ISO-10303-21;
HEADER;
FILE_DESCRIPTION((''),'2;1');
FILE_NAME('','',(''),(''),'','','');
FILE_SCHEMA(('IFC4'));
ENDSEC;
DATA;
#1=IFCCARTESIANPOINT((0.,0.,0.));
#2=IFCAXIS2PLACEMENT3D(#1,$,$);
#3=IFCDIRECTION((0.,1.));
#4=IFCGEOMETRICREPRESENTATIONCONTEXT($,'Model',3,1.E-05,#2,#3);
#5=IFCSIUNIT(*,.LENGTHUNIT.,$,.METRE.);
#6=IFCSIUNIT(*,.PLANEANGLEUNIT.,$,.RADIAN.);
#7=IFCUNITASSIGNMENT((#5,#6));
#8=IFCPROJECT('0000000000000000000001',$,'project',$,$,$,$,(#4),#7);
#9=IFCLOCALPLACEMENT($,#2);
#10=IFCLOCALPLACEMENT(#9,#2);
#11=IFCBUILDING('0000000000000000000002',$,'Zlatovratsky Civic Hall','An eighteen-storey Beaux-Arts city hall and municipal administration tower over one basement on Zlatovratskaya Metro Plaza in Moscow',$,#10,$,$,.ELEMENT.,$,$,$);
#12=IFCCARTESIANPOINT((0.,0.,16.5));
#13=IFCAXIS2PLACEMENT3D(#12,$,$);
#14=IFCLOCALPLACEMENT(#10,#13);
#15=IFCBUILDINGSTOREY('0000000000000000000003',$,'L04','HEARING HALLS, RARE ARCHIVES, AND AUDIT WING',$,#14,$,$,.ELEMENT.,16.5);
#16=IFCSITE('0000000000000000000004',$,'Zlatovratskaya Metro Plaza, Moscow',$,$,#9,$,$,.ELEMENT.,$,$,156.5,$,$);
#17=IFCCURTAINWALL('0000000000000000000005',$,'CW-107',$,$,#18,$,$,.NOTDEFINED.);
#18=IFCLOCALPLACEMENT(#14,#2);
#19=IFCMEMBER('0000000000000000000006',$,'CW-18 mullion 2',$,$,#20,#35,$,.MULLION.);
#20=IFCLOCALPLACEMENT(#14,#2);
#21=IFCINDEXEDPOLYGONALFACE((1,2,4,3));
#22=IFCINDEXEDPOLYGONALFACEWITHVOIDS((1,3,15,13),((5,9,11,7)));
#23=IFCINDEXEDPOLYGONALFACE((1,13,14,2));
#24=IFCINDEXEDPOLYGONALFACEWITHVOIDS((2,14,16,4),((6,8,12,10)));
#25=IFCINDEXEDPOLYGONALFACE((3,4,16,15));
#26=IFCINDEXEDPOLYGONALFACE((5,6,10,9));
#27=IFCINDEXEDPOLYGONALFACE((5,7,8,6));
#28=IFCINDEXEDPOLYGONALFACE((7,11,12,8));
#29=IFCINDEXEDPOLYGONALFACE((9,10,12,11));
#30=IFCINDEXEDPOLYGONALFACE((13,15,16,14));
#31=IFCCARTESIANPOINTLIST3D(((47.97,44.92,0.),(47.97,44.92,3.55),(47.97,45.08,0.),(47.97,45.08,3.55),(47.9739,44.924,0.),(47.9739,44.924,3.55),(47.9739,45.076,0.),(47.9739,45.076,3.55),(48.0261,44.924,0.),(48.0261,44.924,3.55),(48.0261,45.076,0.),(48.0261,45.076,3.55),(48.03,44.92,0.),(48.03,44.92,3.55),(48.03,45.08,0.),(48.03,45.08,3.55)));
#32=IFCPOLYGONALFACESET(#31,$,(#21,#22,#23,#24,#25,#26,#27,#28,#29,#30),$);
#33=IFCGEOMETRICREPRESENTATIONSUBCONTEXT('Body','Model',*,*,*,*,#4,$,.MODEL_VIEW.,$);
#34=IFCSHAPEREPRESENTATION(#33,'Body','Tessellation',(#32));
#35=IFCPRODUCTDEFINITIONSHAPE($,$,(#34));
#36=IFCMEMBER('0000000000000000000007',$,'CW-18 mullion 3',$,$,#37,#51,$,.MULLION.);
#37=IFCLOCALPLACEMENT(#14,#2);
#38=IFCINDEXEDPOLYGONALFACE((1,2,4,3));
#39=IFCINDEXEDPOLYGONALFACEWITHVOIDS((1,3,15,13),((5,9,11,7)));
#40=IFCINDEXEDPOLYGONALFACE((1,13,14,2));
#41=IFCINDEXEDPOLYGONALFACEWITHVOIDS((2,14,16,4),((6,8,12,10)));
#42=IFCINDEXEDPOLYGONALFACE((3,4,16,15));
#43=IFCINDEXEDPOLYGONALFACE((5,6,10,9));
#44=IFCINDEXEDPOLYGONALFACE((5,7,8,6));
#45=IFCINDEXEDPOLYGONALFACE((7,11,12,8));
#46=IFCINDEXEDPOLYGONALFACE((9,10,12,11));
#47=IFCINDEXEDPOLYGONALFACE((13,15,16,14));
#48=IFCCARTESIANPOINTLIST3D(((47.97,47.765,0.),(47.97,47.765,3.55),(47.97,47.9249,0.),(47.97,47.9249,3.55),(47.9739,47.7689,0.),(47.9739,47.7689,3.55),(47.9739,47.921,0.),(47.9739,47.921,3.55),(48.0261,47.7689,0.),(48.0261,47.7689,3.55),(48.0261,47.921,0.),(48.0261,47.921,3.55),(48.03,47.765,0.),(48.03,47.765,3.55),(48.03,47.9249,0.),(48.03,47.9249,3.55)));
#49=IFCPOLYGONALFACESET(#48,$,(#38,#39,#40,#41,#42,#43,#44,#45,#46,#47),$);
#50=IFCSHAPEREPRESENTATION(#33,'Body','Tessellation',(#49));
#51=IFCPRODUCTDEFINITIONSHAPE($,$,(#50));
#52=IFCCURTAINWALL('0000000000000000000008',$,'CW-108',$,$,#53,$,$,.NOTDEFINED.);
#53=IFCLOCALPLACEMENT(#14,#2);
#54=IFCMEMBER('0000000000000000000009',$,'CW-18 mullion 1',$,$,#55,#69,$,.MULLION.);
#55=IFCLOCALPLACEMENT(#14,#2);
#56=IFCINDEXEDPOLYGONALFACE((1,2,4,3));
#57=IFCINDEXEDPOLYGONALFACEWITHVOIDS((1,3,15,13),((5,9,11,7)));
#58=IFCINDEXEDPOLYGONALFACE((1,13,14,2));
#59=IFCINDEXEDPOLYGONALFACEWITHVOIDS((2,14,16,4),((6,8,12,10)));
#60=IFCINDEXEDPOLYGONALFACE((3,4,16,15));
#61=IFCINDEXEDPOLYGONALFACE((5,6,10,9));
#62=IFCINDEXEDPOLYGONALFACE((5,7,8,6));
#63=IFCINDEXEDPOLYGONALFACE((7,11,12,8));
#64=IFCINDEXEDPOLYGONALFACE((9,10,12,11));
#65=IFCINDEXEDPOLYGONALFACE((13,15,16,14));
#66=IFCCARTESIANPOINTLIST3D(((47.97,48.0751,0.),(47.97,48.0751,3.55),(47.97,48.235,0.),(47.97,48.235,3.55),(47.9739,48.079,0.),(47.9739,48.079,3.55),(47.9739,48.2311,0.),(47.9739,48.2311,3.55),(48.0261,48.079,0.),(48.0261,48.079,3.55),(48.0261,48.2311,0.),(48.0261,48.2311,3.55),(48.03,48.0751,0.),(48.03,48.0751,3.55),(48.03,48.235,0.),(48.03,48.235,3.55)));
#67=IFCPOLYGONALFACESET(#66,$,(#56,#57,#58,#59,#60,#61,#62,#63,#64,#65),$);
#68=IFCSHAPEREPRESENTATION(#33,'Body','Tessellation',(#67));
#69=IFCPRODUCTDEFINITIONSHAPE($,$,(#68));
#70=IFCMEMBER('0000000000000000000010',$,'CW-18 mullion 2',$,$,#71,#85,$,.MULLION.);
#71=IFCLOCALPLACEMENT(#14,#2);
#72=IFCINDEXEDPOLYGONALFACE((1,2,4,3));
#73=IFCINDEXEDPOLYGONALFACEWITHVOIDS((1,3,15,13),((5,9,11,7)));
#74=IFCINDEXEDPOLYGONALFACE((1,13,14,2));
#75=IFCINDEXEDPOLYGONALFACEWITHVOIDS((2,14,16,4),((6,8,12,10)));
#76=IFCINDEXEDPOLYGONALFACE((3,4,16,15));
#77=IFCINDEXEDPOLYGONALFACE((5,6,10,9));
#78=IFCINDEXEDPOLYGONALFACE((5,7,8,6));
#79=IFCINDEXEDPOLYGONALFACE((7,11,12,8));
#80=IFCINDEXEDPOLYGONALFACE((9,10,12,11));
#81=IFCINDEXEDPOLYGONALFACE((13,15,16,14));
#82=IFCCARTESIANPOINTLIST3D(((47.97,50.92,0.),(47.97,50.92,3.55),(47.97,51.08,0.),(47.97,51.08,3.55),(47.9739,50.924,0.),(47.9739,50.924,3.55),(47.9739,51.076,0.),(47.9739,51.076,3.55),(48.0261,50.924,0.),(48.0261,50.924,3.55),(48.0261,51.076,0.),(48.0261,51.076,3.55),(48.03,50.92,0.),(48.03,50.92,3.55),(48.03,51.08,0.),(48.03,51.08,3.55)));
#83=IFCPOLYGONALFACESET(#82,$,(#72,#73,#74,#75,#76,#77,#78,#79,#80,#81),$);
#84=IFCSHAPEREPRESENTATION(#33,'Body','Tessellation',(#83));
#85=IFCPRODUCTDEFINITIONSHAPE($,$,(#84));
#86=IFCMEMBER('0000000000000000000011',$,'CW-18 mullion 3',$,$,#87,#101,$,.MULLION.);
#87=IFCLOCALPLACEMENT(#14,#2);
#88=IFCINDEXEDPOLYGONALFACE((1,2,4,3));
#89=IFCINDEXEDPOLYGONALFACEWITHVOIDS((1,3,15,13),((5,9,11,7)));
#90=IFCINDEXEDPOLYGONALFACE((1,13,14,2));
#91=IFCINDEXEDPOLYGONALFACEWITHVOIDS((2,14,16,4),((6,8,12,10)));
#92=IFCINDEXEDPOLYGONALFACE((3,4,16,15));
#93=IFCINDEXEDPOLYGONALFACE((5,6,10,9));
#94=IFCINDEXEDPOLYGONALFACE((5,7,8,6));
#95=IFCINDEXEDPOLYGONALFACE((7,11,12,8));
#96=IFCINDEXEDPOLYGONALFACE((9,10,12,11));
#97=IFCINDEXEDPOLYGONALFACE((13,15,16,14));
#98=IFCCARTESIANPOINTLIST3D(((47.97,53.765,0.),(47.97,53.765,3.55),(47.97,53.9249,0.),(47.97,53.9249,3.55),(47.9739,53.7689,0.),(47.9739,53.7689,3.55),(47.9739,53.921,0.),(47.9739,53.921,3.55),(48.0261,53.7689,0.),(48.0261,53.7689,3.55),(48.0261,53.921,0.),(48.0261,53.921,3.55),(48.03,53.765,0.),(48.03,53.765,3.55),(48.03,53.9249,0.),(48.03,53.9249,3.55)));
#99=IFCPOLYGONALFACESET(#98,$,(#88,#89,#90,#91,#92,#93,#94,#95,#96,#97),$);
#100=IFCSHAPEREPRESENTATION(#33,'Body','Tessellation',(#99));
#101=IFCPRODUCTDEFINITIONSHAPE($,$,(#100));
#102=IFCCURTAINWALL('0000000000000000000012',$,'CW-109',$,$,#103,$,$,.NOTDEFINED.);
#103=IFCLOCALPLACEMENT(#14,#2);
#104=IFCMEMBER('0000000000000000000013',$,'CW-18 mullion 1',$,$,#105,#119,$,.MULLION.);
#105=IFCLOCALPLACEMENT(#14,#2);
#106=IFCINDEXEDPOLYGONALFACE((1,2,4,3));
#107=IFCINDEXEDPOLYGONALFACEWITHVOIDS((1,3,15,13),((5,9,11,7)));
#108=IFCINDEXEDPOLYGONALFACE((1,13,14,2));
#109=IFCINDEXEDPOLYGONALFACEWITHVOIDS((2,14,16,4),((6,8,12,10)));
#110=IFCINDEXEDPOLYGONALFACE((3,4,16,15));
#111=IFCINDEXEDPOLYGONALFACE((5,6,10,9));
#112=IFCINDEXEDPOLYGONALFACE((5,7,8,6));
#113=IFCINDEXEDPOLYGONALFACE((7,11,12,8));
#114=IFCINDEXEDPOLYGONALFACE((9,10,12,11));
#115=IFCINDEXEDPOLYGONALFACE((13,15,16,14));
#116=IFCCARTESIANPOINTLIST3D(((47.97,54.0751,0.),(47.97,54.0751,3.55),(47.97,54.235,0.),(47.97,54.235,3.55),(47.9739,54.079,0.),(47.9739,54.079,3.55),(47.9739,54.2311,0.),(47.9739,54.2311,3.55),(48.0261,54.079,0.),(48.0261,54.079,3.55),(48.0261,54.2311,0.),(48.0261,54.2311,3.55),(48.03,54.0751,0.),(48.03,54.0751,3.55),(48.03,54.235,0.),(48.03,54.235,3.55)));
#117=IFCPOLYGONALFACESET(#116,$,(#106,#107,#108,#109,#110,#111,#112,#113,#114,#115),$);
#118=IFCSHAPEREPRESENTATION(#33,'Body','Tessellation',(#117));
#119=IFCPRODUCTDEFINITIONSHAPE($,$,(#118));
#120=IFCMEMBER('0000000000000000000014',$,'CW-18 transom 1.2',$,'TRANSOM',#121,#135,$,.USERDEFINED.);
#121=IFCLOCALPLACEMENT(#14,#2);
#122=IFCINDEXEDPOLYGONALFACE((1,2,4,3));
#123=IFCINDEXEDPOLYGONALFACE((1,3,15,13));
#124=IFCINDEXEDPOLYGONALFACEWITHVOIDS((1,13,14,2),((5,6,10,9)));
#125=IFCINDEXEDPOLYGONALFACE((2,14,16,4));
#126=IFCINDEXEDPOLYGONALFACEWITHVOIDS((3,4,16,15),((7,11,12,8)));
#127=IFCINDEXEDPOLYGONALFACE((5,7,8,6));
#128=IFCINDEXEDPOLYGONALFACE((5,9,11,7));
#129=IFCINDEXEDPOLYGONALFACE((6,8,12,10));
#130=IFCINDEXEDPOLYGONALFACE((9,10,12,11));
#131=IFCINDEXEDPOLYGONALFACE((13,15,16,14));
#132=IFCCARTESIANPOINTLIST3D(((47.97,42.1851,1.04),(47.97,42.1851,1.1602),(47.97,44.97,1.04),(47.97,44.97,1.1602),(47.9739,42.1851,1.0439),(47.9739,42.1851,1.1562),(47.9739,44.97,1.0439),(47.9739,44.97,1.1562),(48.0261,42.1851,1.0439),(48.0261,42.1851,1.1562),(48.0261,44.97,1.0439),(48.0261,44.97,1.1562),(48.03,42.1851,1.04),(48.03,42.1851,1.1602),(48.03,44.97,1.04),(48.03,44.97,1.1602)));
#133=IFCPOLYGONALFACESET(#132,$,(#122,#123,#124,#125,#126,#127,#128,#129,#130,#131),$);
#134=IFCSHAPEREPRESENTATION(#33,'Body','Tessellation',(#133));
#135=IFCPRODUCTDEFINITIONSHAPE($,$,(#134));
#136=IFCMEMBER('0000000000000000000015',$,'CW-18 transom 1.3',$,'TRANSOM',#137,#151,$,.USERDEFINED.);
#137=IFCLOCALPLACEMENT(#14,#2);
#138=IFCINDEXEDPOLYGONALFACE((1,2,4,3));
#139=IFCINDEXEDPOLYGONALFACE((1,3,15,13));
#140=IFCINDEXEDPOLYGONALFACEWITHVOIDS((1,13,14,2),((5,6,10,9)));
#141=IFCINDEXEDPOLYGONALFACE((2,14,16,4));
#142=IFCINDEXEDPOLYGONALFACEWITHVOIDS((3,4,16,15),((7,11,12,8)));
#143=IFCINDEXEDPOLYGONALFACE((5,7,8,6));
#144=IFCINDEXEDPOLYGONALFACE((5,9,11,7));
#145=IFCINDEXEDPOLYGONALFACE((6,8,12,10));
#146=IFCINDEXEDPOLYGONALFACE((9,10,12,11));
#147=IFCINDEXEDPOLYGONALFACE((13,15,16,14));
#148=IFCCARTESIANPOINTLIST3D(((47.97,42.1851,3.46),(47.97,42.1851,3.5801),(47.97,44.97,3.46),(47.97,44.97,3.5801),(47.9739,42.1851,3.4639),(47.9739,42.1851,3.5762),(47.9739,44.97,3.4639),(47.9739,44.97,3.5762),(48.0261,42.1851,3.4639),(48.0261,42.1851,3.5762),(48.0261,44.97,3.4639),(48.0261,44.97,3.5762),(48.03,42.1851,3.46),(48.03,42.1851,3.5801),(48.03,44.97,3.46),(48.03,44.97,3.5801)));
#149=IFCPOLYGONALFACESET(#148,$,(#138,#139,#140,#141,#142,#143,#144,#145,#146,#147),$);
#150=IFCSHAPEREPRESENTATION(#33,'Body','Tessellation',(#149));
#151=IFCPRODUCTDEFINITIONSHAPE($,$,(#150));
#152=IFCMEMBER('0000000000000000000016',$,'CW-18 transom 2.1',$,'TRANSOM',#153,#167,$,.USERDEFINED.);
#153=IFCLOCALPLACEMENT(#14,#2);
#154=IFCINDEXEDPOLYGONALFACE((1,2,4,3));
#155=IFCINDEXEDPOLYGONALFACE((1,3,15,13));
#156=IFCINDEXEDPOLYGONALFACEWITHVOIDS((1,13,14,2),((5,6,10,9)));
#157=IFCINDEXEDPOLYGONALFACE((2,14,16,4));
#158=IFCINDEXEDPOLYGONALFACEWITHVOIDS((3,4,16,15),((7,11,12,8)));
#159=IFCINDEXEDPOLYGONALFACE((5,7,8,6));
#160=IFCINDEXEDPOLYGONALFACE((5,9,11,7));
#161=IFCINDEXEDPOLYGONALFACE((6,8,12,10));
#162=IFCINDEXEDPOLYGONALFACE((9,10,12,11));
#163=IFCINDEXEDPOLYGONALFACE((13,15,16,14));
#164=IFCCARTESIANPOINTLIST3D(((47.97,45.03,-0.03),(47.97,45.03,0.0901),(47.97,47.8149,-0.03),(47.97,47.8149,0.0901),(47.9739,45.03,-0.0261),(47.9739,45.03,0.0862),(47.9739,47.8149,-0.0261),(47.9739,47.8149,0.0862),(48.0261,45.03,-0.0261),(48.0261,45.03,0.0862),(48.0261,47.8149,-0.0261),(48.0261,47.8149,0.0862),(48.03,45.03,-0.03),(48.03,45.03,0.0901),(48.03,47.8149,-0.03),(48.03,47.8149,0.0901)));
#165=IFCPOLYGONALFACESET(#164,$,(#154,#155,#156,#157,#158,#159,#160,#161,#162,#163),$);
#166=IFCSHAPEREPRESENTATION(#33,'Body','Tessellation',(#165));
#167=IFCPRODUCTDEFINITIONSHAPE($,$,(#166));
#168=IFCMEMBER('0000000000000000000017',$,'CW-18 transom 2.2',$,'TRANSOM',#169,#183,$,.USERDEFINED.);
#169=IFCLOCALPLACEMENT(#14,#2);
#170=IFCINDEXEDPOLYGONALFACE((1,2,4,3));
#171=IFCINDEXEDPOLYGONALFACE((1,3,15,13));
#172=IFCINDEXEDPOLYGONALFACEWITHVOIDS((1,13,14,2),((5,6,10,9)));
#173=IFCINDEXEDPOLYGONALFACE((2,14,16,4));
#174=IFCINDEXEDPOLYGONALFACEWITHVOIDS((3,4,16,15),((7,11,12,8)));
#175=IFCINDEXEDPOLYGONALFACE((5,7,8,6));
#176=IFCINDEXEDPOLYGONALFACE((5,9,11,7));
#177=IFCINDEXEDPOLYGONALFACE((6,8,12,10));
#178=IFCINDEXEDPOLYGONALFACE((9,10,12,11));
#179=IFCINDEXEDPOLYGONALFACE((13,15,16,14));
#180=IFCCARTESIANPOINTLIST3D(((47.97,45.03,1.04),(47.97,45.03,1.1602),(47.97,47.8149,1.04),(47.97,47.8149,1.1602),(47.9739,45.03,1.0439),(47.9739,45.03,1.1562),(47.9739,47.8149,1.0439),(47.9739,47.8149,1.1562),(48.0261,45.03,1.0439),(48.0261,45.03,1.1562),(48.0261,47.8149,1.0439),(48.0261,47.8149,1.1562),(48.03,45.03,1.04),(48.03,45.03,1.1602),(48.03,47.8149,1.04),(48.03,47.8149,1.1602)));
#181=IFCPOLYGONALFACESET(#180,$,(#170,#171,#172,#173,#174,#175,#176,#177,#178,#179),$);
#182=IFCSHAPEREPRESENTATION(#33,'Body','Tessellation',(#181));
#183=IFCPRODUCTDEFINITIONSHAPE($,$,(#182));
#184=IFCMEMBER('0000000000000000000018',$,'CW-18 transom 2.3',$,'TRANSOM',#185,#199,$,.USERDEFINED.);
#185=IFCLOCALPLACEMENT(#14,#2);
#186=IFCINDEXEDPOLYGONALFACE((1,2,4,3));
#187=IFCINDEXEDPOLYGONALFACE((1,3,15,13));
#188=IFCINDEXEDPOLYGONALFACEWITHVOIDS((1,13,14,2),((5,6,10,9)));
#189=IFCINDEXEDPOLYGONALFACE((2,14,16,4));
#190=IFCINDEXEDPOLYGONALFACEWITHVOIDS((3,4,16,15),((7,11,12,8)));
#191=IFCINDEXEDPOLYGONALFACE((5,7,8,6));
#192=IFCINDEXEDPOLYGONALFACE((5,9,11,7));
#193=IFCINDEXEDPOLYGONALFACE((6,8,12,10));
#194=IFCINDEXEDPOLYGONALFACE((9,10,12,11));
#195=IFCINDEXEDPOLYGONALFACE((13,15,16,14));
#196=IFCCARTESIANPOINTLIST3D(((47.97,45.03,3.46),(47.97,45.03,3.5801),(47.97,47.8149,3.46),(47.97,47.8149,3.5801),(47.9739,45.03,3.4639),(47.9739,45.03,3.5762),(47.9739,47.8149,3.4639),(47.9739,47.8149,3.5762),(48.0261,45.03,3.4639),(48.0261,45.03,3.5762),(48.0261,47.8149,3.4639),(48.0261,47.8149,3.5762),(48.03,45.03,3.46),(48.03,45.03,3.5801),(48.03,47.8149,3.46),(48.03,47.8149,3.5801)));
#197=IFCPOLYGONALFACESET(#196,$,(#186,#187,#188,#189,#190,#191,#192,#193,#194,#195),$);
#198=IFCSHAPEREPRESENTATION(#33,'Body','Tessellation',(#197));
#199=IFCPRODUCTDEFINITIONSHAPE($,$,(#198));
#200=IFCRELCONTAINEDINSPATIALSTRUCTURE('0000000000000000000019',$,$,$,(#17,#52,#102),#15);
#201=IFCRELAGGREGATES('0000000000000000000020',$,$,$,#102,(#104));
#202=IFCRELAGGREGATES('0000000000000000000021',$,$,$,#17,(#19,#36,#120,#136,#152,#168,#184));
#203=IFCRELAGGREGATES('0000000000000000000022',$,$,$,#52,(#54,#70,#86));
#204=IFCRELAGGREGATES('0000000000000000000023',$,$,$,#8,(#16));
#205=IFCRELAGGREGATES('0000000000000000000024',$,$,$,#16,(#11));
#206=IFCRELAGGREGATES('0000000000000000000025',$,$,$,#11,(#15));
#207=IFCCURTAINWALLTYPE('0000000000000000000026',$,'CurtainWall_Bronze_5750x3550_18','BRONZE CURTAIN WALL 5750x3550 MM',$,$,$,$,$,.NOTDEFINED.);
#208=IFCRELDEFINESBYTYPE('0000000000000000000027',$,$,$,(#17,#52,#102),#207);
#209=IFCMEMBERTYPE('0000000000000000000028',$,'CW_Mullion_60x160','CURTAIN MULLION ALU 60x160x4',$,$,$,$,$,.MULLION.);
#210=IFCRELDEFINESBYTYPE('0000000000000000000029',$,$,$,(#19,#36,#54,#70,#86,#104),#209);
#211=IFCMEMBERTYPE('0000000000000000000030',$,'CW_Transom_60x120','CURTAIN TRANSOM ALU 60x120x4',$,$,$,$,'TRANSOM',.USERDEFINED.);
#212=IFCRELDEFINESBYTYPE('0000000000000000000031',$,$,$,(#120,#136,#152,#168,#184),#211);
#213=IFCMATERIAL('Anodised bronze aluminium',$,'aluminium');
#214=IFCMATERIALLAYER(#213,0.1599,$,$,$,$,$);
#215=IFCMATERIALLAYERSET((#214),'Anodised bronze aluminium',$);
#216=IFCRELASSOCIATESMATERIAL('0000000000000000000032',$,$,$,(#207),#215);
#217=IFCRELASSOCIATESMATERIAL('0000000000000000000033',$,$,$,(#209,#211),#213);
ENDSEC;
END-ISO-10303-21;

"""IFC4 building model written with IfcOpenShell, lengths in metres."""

from ifc_helpers import new_model, si_unit, direction, frame, origin, origin_2d, place, context, subcontext, project, spatial, hollow_rectangle, extrude, material, layer, layer_set, material_profile, profile_set, type_object, element, aggregate, save


model = new_model("IFC4")

# Units and contexts
model_context = context("Model", 3, precision=1e-05, world=origin(), true_north=direction((0.0, 1.0)))
body_context = subcontext(model_context, "Body", "Model", "MODEL_VIEW")
ifc_project = project(units=[si_unit("LENGTHUNIT", "METRE"), si_unit("PLANEANGLEUNIT", "RADIAN")], contexts=[model_context])

# Site, building, storey
site_placement = place(None, origin())
site = spatial("IfcSite", under=ifc_project, at=site_placement, Name="Zlatovratskaya Metro Plaza, Moscow", CompositionType="ELEMENT", RefElevation=156.5)
building_placement = place(site_placement, origin())
building = spatial("IfcBuilding", under=site, at=building_placement, Name="Zlatovratsky Civic Hall", Description="An eighteen-storey Beaux-Arts city hall and municipal administration tower over one basement on Zlatovratskaya Metro Plaza in Moscow", CompositionType="ELEMENT")
storey_placement = place(building_placement, frame((0.0, 0.0, 16.5)))
storey = spatial("IfcBuildingStorey", under=building, at=storey_placement, Name="L04", Description="HEARING HALLS, RARE ARCHIVES, AND AUDIT WING", CompositionType="ELEMENT", Elevation=16.5)

# Curtain walls, members
ifc_material_1 = material(Name="Anodised bronze aluminium", Category="aluminium")
ifc_layer_1 = layer(ifc_material_1, 0.1599)
ifc_layer_set_1 = layer_set([ifc_layer_1], Name="Anodised bronze aluminium")
curtain_wall_type = type_object("IfcCurtainWallType", Name="CurtainWall_Bronze_5750x3550_18", Description="BRONZE CURTAIN WALL 5750x3550 MM", PredefinedType="NOTDEFINED", material=ifc_layer_set_1)
curtain_wall_1_placement = place(storey_placement, origin())
curtain_wall_1 = element("IfcCurtainWall", 1, at=curtain_wall_1_placement, inside=storey, type_object=curtain_wall_type, Name="CW-107", PredefinedType="NOTDEFINED")
ifc_material_profile_1 = material_profile(ifc_material_1, hollow_rectangle(XDim=0.0601, YDim=0.1599, WallThickness=0.0039, at=origin_2d()), Name="ALU 60x160x4")
ifc_profile_set_1 = profile_set([ifc_material_profile_1], Name="Anodised bronze aluminium")
member_type_1 = type_object("IfcMemberType", Name="CW_Mullion_60x160", Description="CURTAIN MULLION ALU 60x160x4", PredefinedType="MULLION", material=ifc_profile_set_1)
member_1_placement = place(storey_placement, frame((48.0, 45.0, 0.0), z_axis=(0.0, 0.0, 1.0), x_axis=(-1.0, 0.0, 0.0)))
member_1 = element("IfcMember", 2, at=member_1_placement, type_object=member_type_1, Name="CW-18 mullion 2", PredefinedType="MULLION", context=body_context, shape_type="SweptSolid", body=[
    extrude(hollow_rectangle(XDim=0.0601, YDim=0.1599, WallThickness=0.0039, at=origin_2d()), origin(), (0.0, 0.0, 1.0), 3.55),
])
member_2_placement = place(storey_placement, frame((48.0, 47.845, 0.0), z_axis=(0.0, 0.0, 1.0), x_axis=(-1.0, 0.0, 0.0)))
member_2 = element("IfcMember", 3, at=member_2_placement, type_object=member_type_1, Name="CW-18 mullion 3", PredefinedType="MULLION", context=body_context, shape_type="SweptSolid", body=[
    extrude(hollow_rectangle(XDim=0.0601, YDim=0.1599, WallThickness=0.0039, at=origin_2d()), origin(), (0.0, 0.0, 1.0), 3.55),
])
curtain_wall_2_placement = place(storey_placement, origin())
curtain_wall_2 = element("IfcCurtainWall", 4, at=curtain_wall_2_placement, inside=storey, type_object=curtain_wall_type, Name="CW-108", PredefinedType="NOTDEFINED")
member_3_placement = place(storey_placement, frame((48.0, 48.155, 0.0), z_axis=(0.0, 0.0, 1.0), x_axis=(-1.0, 0.0, 0.0)))
member_3 = element("IfcMember", 5, at=member_3_placement, type_object=member_type_1, Name="CW-18 mullion 1", PredefinedType="MULLION", context=body_context, shape_type="SweptSolid", body=[
    extrude(hollow_rectangle(XDim=0.0601, YDim=0.1599, WallThickness=0.0039, at=origin_2d()), origin(), (0.0, 0.0, 1.0), 3.55),
])
member_4_placement = place(storey_placement, frame((48.0, 51.0, 0.0), z_axis=(0.0, 0.0, 1.0), x_axis=(-1.0, 0.0, 0.0)))
member_4 = element("IfcMember", 6, at=member_4_placement, type_object=member_type_1, Name="CW-18 mullion 2", PredefinedType="MULLION", context=body_context, shape_type="SweptSolid", body=[
    extrude(hollow_rectangle(XDim=0.0601, YDim=0.1599, WallThickness=0.0039, at=origin_2d()), origin(), (0.0, 0.0, 1.0), 3.55),
])
member_5_placement = place(storey_placement, frame((48.0, 53.845, 0.0), z_axis=(0.0, 0.0, 1.0), x_axis=(-1.0, 0.0, 0.0)))
member_5 = element("IfcMember", 7, at=member_5_placement, type_object=member_type_1, Name="CW-18 mullion 3", PredefinedType="MULLION", context=body_context, shape_type="SweptSolid", body=[
    extrude(hollow_rectangle(XDim=0.0601, YDim=0.1599, WallThickness=0.0039, at=origin_2d()), origin(), (0.0, 0.0, 1.0), 3.55),
])

# Curtain wall, member
curtain_wall_3_placement = place(storey_placement, origin())
curtain_wall_3 = element("IfcCurtainWall", 8, at=curtain_wall_3_placement, inside=storey, type_object=curtain_wall_type, Name="CW-109", PredefinedType="NOTDEFINED")
member_6_placement = place(storey_placement, frame((48.0, 54.155, 0.0), z_axis=(0.0, 0.0, 1.0), x_axis=(-1.0, 0.0, 0.0)))
member_6 = element("IfcMember", 9, at=member_6_placement, type_object=member_type_1, Name="CW-18 mullion 1", PredefinedType="MULLION", context=body_context, shape_type="SweptSolid", body=[
    extrude(hollow_rectangle(XDim=0.0601, YDim=0.1599, WallThickness=0.0039, at=origin_2d()), origin(), (0.0, 0.0, 1.0), 3.55),
])

# Members
ifc_material_profile_2 = material_profile(ifc_material_1, hollow_rectangle(XDim=0.0601, YDim=0.1201, WallThickness=0.0039, at=origin_2d()), Name="ALU 60x120x4")
ifc_profile_set_2 = profile_set([ifc_material_profile_2], Name="Anodised bronze aluminium")
member_type_2 = type_object("IfcMemberType", Name="CW_Transom_60x120", Description="CURTAIN TRANSOM ALU 60x120x4", ElementType="TRANSOM", PredefinedType="USERDEFINED", material=ifc_profile_set_2)
member_7_placement = place(storey_placement, frame((48.0, 42.1851, 1.1001), z_axis=(0.0, 1.0, 0.0), x_axis=(-1.0, 0.0, 0.0)))
member_7 = element("IfcMember", 10, at=member_7_placement, type_object=member_type_2, Name="CW-18 transom 1.2", ObjectType="TRANSOM", PredefinedType="USERDEFINED", context=body_context, shape_type="SweptSolid", body=[
    extrude(hollow_rectangle(XDim=0.0601, YDim=0.1201, WallThickness=0.0039, at=origin_2d()), origin(), (0.0, 0.0, 1.0), 2.7849),
])
member_8_placement = place(storey_placement, frame((48.0, 42.1851, 3.52), z_axis=(0.0, 1.0, 0.0), x_axis=(-1.0, 0.0, 0.0)))
member_8 = element("IfcMember", 11, at=member_8_placement, type_object=member_type_2, Name="CW-18 transom 1.3", ObjectType="TRANSOM", PredefinedType="USERDEFINED", context=body_context, shape_type="SweptSolid", body=[
    extrude(hollow_rectangle(XDim=0.0601, YDim=0.1201, WallThickness=0.0039, at=origin_2d()), origin(), (0.0, 0.0, 1.0), 2.7849),
])
member_9_placement = place(storey_placement, frame((48.0, 45.03, 0.03), z_axis=(0.0, 1.0, 0.0), x_axis=(-1.0, 0.0, 0.0)))
member_9 = element("IfcMember", 12, at=member_9_placement, type_object=member_type_2, Name="CW-18 transom 2.1", ObjectType="TRANSOM", PredefinedType="USERDEFINED", context=body_context, shape_type="SweptSolid", body=[
    extrude(hollow_rectangle(XDim=0.0601, YDim=0.1201, WallThickness=0.0039, at=origin_2d()), origin(), (0.0, 0.0, 1.0), 2.7849),
])
member_10_placement = place(storey_placement, frame((48.0, 45.03, 1.1001), z_axis=(0.0, 1.0, 0.0), x_axis=(-1.0, 0.0, 0.0)))
member_10 = element("IfcMember", 13, at=member_10_placement, type_object=member_type_2, Name="CW-18 transom 2.2", ObjectType="TRANSOM", PredefinedType="USERDEFINED", context=body_context, shape_type="SweptSolid", body=[
    extrude(hollow_rectangle(XDim=0.0601, YDim=0.1201, WallThickness=0.0039, at=origin_2d()), origin(), (0.0, 0.0, 1.0), 2.7849),
])
member_11_placement = place(storey_placement, frame((48.0, 45.03, 3.52), z_axis=(0.0, 1.0, 0.0), x_axis=(-1.0, 0.0, 0.0)))
member_11 = element("IfcMember", 14, at=member_11_placement, type_object=member_type_2, Name="CW-18 transom 2.3", ObjectType="TRANSOM", PredefinedType="USERDEFINED", context=body_context, shape_type="SweptSolid", body=[
    extrude(hollow_rectangle(XDim=0.0601, YDim=0.1201, WallThickness=0.0039, at=origin_2d()), origin(), (0.0, 0.0, 1.0), 2.7849),
])
aggregate(curtain_wall_3, [member_6])

aggregate(curtain_wall_1, [member_1, member_2, member_7, member_8, member_9, member_10, member_11])
aggregate(curtain_wall_2, [member_3, member_4, member_5])

save(model, "model.ifc")
